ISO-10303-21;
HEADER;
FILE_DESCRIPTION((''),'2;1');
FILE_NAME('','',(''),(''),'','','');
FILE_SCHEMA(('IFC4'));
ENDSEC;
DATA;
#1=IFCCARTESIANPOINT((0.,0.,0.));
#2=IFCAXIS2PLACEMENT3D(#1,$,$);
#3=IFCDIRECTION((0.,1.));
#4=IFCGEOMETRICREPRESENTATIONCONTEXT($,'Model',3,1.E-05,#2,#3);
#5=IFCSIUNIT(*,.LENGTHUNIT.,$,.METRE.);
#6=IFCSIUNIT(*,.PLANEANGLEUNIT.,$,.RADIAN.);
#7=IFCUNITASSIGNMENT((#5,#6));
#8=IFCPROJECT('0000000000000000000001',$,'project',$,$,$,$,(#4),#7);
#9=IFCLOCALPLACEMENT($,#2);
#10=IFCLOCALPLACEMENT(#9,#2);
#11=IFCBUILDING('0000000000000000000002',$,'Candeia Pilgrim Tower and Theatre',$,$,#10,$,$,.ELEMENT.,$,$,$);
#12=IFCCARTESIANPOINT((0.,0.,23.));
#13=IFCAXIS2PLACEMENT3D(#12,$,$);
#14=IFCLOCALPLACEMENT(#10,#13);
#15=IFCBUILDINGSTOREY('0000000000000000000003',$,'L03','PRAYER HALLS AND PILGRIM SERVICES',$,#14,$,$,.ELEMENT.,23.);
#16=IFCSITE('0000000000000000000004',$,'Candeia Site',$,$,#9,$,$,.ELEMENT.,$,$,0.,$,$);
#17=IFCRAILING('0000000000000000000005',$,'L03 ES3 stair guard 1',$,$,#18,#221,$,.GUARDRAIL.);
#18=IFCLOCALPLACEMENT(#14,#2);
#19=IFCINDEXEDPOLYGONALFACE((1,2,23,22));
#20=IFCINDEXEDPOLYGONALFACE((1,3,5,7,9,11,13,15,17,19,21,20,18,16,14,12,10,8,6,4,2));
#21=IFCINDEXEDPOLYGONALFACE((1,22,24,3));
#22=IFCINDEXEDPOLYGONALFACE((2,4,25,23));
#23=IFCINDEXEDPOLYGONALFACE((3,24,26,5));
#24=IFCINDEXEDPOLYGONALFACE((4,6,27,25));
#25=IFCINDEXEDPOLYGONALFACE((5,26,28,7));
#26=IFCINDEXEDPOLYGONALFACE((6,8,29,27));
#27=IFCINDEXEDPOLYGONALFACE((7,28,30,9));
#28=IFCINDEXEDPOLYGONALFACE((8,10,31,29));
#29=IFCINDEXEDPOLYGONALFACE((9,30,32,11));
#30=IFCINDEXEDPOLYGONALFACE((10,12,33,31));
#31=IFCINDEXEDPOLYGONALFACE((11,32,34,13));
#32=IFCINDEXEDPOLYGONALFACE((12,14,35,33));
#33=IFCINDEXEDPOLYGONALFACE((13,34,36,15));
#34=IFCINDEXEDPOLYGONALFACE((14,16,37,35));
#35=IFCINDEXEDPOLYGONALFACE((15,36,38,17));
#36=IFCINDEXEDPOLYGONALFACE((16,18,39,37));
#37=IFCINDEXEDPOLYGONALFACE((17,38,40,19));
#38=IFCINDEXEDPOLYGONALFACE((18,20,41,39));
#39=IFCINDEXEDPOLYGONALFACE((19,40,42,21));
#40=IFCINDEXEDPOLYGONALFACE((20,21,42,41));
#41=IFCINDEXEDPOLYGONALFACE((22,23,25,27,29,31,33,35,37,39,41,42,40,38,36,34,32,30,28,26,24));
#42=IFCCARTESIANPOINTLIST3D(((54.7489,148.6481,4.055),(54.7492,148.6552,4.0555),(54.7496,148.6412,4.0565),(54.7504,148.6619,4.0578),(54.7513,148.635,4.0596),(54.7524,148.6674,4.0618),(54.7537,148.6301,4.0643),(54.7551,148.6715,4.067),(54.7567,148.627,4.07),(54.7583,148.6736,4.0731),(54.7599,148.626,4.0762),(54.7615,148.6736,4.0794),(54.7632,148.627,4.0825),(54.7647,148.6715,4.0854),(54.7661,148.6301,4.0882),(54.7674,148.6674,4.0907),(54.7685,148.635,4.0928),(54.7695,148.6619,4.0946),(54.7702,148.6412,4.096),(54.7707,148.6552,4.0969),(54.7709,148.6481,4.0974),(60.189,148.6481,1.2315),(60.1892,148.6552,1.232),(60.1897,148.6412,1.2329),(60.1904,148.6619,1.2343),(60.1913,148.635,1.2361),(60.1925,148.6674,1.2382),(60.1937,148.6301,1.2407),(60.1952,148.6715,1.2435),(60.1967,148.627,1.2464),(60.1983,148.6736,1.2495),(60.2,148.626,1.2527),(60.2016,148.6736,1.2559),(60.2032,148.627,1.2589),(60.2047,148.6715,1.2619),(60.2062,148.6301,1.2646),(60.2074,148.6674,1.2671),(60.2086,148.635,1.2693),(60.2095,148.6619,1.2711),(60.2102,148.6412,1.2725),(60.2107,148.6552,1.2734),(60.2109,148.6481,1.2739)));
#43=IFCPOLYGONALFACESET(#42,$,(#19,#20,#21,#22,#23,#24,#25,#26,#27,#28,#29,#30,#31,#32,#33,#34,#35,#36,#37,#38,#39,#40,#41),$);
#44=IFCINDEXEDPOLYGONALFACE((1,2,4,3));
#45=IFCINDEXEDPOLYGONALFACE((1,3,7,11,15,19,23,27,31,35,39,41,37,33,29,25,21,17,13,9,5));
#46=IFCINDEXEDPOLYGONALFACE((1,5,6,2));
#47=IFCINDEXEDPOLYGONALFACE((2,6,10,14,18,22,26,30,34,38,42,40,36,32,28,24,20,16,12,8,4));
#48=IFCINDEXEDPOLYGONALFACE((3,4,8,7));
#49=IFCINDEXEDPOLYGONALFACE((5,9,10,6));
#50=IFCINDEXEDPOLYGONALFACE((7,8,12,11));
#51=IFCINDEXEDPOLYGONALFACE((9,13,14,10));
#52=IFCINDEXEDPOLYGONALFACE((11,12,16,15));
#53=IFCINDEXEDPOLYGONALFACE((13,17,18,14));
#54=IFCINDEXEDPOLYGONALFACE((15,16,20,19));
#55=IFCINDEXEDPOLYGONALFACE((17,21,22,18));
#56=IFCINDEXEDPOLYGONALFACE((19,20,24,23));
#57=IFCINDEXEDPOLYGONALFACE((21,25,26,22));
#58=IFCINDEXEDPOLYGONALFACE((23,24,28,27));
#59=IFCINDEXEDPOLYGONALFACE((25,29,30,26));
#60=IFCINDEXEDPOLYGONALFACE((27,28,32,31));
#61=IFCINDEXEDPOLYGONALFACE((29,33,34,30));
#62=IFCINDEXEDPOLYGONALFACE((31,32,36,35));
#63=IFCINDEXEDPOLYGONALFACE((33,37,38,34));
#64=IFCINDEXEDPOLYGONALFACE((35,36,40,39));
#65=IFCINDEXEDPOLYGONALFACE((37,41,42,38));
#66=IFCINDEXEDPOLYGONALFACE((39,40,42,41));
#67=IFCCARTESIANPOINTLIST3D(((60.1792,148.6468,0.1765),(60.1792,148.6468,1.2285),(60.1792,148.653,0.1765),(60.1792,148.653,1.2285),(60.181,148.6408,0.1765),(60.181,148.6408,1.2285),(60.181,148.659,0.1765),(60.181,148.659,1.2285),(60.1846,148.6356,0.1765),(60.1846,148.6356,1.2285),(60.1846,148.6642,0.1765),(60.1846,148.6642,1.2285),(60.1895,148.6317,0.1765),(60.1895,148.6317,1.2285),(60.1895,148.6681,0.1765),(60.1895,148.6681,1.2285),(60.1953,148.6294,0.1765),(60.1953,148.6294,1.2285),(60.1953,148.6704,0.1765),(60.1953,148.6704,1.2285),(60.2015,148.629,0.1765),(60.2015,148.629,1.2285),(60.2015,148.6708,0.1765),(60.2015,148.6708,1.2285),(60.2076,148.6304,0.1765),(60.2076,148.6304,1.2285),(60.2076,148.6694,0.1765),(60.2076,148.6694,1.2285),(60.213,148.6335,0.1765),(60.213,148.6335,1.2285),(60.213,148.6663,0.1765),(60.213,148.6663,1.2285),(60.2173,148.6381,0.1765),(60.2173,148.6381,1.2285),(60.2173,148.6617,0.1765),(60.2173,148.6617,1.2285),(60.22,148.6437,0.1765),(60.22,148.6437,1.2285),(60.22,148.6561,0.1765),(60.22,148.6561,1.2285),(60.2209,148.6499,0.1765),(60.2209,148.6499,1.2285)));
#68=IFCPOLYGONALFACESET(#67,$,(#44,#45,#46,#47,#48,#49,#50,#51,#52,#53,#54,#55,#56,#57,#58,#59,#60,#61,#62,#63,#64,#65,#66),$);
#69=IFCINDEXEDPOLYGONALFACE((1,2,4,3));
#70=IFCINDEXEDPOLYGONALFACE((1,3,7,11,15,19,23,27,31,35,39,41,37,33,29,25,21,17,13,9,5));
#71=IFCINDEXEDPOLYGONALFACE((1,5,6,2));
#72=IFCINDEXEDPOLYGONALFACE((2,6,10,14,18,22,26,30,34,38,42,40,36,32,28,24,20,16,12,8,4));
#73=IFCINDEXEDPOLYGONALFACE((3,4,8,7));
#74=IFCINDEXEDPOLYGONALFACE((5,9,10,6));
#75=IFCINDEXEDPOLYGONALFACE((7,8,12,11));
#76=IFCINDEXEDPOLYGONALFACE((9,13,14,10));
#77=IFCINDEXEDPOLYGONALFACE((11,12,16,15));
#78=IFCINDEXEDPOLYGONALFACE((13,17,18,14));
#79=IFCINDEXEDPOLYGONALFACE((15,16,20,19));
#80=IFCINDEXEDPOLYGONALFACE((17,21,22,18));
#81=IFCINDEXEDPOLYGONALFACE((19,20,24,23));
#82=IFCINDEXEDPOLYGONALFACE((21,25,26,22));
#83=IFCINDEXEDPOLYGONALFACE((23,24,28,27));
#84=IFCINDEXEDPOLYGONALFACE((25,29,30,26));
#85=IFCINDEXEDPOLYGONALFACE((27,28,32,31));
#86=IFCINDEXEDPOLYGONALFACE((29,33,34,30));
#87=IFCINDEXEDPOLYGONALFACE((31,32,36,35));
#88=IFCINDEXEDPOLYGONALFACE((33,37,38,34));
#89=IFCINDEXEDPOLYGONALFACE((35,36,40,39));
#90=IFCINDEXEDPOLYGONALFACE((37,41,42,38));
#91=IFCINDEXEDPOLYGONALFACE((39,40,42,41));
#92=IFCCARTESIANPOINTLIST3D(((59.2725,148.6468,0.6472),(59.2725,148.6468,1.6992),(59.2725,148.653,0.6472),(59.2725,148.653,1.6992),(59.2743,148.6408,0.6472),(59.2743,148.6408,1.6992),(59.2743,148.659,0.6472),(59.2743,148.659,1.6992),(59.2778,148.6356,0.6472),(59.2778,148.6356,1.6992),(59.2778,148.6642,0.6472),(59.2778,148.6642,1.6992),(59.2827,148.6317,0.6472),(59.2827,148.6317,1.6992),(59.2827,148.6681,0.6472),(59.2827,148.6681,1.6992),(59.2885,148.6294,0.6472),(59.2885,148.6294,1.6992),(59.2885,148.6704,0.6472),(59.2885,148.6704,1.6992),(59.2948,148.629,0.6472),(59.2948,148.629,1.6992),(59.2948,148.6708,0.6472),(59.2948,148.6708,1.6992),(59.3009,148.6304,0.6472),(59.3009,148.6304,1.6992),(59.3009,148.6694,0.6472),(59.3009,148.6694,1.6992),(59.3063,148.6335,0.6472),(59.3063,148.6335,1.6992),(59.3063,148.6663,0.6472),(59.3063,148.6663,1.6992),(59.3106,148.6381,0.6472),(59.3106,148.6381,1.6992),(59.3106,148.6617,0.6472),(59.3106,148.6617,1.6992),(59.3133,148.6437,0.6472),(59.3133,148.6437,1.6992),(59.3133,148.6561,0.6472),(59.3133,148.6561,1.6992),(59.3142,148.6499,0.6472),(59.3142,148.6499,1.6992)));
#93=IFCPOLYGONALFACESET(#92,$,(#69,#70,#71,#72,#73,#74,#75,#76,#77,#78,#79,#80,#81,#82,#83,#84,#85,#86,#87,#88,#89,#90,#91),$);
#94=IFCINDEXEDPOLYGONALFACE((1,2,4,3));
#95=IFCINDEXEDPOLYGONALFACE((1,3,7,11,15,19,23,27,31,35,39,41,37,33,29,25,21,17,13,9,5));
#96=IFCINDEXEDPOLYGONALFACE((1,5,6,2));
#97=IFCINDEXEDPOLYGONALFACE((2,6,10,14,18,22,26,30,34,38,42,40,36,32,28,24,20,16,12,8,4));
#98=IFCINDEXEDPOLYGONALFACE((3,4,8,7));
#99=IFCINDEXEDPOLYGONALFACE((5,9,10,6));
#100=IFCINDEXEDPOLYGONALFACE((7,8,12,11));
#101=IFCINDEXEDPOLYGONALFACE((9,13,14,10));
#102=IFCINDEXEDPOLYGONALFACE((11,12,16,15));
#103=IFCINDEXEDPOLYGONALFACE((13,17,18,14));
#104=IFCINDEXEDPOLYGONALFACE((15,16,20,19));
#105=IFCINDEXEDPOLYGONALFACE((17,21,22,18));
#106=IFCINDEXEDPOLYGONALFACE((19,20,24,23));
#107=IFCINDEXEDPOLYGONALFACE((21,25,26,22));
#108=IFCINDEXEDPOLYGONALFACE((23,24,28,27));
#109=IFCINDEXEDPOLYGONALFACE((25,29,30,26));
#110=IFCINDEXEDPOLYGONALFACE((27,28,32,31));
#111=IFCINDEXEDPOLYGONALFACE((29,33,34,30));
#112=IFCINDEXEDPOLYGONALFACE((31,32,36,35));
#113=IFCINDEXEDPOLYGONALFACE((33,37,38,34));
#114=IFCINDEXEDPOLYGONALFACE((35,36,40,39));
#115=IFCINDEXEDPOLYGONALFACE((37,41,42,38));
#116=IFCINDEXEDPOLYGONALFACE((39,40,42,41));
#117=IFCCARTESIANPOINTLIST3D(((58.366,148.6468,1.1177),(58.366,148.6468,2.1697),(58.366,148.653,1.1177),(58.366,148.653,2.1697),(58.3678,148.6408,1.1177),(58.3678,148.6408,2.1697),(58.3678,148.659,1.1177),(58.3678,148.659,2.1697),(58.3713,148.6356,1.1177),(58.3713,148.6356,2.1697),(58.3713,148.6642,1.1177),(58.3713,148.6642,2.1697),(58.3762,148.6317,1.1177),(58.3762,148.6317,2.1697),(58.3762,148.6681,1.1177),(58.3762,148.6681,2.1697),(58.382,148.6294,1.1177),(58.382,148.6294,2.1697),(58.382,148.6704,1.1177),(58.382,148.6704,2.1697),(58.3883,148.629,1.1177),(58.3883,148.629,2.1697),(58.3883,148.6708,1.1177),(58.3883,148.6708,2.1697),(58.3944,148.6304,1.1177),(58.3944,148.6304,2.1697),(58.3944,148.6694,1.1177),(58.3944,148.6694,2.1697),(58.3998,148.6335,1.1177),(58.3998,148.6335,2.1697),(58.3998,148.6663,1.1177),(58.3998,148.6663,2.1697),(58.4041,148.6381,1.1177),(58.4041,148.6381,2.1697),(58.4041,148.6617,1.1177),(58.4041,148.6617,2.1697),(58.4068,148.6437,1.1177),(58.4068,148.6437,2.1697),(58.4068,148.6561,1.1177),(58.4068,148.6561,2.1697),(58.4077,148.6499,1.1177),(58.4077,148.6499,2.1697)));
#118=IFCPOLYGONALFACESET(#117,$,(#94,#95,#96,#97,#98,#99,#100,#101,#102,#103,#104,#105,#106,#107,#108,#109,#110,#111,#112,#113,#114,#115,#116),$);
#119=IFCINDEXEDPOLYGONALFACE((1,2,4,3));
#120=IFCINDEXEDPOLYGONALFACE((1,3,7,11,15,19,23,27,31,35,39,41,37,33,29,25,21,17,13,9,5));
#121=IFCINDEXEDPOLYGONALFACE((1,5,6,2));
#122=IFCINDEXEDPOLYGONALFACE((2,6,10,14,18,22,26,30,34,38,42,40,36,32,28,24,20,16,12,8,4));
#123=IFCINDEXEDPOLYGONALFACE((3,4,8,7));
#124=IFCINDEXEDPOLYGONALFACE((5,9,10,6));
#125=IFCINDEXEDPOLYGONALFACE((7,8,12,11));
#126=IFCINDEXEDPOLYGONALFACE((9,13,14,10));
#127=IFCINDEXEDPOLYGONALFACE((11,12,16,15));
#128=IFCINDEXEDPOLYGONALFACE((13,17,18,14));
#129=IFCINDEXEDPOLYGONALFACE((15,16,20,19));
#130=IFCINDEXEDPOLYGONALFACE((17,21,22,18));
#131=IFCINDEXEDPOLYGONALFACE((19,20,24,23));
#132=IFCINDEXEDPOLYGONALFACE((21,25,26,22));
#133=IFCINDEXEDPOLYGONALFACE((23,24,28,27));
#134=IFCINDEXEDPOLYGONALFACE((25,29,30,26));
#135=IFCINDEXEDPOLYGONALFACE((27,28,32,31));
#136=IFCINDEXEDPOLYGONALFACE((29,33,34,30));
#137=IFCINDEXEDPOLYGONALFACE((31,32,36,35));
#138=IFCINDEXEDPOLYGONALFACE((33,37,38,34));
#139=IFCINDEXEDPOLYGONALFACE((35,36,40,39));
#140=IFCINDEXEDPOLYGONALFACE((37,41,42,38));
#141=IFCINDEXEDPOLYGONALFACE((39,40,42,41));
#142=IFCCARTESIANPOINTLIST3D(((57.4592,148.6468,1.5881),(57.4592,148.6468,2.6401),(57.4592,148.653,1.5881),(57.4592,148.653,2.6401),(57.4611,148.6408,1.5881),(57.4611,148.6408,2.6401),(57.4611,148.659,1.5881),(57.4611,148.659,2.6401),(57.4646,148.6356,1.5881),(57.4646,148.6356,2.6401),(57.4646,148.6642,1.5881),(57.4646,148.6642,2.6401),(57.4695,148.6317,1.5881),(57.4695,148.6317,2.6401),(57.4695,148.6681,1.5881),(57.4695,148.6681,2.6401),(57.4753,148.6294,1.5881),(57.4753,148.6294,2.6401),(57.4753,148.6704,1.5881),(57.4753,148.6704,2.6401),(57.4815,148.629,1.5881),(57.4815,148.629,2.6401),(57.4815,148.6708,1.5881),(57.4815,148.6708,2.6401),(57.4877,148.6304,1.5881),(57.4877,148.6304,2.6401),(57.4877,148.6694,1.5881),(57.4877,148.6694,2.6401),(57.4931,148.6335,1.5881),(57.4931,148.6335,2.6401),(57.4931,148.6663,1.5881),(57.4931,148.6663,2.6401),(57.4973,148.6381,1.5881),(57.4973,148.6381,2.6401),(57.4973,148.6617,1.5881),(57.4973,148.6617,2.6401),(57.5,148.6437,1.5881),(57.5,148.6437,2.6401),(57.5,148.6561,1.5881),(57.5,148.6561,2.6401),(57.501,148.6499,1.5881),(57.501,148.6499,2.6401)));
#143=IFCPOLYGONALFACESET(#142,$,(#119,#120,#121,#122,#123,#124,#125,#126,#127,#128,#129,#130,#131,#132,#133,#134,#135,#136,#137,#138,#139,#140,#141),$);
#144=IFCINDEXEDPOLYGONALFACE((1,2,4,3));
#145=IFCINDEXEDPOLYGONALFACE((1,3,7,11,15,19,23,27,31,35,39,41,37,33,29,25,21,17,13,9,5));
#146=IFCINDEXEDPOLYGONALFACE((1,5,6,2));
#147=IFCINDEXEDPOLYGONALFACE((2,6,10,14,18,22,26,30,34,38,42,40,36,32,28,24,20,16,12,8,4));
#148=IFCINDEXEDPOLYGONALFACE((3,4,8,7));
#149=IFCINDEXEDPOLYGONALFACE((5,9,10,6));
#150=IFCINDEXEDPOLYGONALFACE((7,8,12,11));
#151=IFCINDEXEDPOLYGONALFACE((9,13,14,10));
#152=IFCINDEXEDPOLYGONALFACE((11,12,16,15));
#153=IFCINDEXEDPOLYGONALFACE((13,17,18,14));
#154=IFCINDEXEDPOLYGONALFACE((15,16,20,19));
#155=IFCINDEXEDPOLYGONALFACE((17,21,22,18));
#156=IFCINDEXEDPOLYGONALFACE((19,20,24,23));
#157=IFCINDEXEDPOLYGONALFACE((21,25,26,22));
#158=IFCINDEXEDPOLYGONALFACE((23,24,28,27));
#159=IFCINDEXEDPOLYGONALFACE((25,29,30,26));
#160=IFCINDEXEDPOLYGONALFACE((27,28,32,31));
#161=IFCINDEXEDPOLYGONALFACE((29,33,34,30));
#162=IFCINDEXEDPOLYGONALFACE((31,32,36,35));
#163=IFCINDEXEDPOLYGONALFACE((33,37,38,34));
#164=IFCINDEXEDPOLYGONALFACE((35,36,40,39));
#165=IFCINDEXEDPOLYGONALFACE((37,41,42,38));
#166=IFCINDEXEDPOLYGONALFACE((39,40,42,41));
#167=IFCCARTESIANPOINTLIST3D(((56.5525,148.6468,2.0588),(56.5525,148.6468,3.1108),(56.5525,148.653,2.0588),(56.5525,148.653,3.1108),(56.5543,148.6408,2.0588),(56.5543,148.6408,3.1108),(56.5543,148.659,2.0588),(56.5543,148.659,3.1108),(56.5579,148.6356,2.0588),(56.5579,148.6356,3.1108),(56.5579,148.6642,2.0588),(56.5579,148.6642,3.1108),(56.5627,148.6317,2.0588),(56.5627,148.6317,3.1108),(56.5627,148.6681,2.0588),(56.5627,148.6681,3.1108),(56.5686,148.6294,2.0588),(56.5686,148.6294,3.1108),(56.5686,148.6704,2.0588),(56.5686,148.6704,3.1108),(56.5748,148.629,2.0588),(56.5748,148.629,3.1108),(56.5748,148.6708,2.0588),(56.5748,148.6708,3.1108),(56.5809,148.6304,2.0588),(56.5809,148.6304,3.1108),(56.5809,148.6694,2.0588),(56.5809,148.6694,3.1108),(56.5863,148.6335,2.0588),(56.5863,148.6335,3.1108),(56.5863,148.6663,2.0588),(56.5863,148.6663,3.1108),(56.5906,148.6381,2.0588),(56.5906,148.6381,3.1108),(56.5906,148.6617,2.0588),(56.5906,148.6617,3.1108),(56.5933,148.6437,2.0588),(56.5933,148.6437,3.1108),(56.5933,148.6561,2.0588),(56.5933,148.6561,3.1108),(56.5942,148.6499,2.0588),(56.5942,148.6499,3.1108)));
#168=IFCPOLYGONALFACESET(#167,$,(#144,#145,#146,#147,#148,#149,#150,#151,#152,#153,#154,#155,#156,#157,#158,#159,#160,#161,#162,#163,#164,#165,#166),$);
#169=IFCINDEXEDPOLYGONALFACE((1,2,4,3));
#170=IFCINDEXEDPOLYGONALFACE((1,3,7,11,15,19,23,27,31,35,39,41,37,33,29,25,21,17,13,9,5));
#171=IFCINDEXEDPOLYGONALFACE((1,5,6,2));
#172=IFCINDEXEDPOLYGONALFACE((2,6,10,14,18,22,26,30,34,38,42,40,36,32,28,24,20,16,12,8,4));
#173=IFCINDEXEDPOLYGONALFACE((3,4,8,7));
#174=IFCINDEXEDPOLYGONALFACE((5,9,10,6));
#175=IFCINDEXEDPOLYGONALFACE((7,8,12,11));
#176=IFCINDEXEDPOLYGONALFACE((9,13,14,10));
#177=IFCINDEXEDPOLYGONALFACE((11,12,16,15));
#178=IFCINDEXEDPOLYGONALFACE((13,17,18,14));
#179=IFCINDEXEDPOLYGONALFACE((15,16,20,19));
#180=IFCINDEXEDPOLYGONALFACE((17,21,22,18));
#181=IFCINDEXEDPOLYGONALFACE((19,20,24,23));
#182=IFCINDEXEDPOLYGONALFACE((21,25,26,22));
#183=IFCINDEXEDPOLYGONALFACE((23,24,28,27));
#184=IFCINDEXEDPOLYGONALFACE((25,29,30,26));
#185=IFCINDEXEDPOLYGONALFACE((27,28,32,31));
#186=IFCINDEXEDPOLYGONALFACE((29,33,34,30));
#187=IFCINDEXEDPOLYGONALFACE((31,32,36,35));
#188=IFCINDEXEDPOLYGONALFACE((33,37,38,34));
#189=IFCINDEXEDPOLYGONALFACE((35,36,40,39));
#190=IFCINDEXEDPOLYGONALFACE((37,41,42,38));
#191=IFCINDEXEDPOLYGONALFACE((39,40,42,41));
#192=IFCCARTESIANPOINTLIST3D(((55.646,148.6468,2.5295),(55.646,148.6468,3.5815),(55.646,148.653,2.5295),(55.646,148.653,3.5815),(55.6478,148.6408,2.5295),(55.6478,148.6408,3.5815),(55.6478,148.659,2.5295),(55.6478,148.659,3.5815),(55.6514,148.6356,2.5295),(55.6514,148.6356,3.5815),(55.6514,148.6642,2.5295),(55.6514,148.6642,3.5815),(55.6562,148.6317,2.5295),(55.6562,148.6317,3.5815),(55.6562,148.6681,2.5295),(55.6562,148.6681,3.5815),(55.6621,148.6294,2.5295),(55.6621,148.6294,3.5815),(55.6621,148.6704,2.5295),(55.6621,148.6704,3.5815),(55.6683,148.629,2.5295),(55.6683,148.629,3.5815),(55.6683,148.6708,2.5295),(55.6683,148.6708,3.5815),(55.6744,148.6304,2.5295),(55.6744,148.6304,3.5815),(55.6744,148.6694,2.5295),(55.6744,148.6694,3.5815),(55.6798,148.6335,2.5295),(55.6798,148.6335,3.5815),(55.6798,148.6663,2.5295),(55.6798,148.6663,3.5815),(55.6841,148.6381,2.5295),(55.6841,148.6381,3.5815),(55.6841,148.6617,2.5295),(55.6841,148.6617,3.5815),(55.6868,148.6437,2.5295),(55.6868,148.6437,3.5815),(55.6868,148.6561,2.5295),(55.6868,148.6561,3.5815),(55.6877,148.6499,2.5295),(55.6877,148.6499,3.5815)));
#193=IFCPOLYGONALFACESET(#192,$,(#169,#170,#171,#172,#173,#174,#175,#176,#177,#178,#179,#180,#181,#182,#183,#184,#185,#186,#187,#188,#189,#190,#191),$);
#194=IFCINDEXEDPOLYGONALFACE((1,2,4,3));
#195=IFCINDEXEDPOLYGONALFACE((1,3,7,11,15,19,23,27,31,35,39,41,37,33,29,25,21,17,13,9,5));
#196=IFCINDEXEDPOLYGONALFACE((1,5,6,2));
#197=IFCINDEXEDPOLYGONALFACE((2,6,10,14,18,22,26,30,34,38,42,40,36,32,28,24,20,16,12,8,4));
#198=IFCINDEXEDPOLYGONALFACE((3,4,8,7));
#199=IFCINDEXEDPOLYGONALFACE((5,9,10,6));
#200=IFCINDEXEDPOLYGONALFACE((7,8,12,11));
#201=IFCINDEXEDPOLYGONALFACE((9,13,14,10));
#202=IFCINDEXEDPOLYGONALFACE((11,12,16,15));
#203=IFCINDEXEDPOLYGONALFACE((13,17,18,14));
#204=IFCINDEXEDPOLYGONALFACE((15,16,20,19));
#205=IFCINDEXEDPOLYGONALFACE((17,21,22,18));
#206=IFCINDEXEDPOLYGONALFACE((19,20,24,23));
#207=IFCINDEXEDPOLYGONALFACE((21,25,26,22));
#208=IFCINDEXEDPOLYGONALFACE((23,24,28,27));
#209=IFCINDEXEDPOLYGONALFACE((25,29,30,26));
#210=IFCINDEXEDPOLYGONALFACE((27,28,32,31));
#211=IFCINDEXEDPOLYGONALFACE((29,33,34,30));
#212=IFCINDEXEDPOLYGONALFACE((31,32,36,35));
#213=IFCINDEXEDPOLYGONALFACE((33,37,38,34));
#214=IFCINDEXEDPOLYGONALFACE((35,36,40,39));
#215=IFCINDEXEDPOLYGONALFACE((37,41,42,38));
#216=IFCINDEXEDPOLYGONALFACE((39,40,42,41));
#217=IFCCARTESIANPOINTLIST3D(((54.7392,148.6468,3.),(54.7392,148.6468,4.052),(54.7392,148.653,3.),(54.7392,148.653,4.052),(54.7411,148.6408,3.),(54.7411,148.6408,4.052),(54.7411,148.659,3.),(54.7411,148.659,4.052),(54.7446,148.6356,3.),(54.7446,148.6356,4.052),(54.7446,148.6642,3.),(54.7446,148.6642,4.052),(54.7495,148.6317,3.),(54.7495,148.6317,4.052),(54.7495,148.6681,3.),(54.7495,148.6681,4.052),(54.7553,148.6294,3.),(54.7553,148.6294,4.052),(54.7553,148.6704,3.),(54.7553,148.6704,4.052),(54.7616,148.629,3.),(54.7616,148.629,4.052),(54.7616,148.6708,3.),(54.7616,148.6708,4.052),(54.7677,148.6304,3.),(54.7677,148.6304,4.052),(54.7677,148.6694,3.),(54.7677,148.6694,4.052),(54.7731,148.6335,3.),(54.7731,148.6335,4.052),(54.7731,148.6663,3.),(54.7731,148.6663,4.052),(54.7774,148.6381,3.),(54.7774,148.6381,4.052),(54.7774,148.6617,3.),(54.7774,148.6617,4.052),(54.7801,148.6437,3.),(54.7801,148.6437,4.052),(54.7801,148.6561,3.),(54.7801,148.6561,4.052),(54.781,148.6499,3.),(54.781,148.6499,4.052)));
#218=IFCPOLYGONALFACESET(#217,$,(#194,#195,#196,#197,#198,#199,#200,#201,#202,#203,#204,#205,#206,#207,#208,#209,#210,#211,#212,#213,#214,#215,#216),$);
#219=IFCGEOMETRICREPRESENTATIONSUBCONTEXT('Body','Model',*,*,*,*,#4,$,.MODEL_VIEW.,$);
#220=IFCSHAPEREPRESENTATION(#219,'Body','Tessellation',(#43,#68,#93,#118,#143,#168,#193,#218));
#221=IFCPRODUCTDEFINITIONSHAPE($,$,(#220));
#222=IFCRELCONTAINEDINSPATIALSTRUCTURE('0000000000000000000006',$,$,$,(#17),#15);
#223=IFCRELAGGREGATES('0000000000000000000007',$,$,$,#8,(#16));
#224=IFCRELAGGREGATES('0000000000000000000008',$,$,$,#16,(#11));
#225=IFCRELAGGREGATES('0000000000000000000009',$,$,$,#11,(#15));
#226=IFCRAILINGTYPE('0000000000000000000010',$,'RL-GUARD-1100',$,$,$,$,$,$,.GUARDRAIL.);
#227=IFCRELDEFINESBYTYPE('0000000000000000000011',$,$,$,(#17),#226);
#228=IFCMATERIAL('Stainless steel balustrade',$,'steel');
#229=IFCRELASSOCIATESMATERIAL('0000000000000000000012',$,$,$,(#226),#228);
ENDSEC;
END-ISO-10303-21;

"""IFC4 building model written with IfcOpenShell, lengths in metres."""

from ifc_helpers import new_model, si_unit, direction, frame, origin, origin_2d, place, context, subcontext, project, spatial, circle, extrude, material, type_object, element, save


model = new_model("IFC4")

# Units and contexts
model_context = context("Model", 3, precision=1e-05, world=origin(), true_north=direction((0.0, 1.0)))
body_context = subcontext(model_context, "Body", "Model", "MODEL_VIEW")
ifc_project = project(units=[si_unit("LENGTHUNIT", "METRE"), si_unit("PLANEANGLEUNIT", "RADIAN")], contexts=[model_context])

# Site, building, storey
site_placement = place(None, origin())
site = spatial("IfcSite", under=ifc_project, at=site_placement, Name="Candeia Site", CompositionType="ELEMENT", RefElevation=0.0)
building_placement = place(site_placement, origin())
building = spatial("IfcBuilding", under=site, at=building_placement, Name="Candeia Pilgrim Tower and Theatre", CompositionType="ELEMENT")
storey_placement = place(building_placement, frame((0.0, 0.0, 23.0)))
storey = spatial("IfcBuildingStorey", under=building, at=storey_placement, Name="L03", Description="PRAYER HALLS AND PILGRIM SERVICES", CompositionType="ELEMENT", Elevation=23.0)

# Railing
ifc_material_1 = material(Name="Stainless steel balustrade", Category="steel")
railing_type_1 = type_object("IfcRailingType", Name="RL-GUARD-1100", PredefinedType="GUARDRAIL", material=ifc_material_1)
railing_1_placement = place(storey_placement, frame((60.2, 148.6499, 0.1765)))
element("IfcRailing", 1, at=railing_1_placement, inside=storey, type_object=railing_type_1, Name="L03 ES3 stair guard 1", PredefinedType="GUARDRAIL", context=body_context, shape_type="SweptSolid", body=[
    extrude(circle(Radius=0.0239, at=origin_2d()), frame((0.0, 0.0, 1.0762), z_axis=(-0.887569, 0.0, 0.460674), x_axis=(0.0, -1.0, 0.0)), (0.0, 0.0, 1.0), 6.1292),
    extrude(circle(Radius=0.021, at=origin_2d()), origin(), (0.0, 0.0, 1.0), 1.052),
    extrude(circle(Radius=0.021, at=origin_2d()), frame((-0.9067, 0.0, 0.4707)), (0.0, 0.0, 1.0), 1.052),
    extrude(circle(Radius=0.021, at=origin_2d()), frame((-1.8132, 0.0, 0.9412)), (0.0, 0.0, 1.0), 1.052),
    extrude(circle(Radius=0.021, at=origin_2d()), frame((-2.72, 0.0, 1.4116)), (0.0, 0.0, 1.0), 1.052),
    extrude(circle(Radius=0.021, at=origin_2d()), frame((-3.6267, 0.0, 1.8823)), (0.0, 0.0, 1.0), 1.052),
    extrude(circle(Radius=0.021, at=origin_2d()), frame((-4.5332, 0.0, 2.353)), (0.0, 0.0, 1.0), 1.052),
    extrude(circle(Radius=0.021, at=origin_2d()), frame((-5.4399, 0.0, 2.8235)), (0.0, 0.0, 1.0), 1.052),
])

save(model, "model.ifc")
